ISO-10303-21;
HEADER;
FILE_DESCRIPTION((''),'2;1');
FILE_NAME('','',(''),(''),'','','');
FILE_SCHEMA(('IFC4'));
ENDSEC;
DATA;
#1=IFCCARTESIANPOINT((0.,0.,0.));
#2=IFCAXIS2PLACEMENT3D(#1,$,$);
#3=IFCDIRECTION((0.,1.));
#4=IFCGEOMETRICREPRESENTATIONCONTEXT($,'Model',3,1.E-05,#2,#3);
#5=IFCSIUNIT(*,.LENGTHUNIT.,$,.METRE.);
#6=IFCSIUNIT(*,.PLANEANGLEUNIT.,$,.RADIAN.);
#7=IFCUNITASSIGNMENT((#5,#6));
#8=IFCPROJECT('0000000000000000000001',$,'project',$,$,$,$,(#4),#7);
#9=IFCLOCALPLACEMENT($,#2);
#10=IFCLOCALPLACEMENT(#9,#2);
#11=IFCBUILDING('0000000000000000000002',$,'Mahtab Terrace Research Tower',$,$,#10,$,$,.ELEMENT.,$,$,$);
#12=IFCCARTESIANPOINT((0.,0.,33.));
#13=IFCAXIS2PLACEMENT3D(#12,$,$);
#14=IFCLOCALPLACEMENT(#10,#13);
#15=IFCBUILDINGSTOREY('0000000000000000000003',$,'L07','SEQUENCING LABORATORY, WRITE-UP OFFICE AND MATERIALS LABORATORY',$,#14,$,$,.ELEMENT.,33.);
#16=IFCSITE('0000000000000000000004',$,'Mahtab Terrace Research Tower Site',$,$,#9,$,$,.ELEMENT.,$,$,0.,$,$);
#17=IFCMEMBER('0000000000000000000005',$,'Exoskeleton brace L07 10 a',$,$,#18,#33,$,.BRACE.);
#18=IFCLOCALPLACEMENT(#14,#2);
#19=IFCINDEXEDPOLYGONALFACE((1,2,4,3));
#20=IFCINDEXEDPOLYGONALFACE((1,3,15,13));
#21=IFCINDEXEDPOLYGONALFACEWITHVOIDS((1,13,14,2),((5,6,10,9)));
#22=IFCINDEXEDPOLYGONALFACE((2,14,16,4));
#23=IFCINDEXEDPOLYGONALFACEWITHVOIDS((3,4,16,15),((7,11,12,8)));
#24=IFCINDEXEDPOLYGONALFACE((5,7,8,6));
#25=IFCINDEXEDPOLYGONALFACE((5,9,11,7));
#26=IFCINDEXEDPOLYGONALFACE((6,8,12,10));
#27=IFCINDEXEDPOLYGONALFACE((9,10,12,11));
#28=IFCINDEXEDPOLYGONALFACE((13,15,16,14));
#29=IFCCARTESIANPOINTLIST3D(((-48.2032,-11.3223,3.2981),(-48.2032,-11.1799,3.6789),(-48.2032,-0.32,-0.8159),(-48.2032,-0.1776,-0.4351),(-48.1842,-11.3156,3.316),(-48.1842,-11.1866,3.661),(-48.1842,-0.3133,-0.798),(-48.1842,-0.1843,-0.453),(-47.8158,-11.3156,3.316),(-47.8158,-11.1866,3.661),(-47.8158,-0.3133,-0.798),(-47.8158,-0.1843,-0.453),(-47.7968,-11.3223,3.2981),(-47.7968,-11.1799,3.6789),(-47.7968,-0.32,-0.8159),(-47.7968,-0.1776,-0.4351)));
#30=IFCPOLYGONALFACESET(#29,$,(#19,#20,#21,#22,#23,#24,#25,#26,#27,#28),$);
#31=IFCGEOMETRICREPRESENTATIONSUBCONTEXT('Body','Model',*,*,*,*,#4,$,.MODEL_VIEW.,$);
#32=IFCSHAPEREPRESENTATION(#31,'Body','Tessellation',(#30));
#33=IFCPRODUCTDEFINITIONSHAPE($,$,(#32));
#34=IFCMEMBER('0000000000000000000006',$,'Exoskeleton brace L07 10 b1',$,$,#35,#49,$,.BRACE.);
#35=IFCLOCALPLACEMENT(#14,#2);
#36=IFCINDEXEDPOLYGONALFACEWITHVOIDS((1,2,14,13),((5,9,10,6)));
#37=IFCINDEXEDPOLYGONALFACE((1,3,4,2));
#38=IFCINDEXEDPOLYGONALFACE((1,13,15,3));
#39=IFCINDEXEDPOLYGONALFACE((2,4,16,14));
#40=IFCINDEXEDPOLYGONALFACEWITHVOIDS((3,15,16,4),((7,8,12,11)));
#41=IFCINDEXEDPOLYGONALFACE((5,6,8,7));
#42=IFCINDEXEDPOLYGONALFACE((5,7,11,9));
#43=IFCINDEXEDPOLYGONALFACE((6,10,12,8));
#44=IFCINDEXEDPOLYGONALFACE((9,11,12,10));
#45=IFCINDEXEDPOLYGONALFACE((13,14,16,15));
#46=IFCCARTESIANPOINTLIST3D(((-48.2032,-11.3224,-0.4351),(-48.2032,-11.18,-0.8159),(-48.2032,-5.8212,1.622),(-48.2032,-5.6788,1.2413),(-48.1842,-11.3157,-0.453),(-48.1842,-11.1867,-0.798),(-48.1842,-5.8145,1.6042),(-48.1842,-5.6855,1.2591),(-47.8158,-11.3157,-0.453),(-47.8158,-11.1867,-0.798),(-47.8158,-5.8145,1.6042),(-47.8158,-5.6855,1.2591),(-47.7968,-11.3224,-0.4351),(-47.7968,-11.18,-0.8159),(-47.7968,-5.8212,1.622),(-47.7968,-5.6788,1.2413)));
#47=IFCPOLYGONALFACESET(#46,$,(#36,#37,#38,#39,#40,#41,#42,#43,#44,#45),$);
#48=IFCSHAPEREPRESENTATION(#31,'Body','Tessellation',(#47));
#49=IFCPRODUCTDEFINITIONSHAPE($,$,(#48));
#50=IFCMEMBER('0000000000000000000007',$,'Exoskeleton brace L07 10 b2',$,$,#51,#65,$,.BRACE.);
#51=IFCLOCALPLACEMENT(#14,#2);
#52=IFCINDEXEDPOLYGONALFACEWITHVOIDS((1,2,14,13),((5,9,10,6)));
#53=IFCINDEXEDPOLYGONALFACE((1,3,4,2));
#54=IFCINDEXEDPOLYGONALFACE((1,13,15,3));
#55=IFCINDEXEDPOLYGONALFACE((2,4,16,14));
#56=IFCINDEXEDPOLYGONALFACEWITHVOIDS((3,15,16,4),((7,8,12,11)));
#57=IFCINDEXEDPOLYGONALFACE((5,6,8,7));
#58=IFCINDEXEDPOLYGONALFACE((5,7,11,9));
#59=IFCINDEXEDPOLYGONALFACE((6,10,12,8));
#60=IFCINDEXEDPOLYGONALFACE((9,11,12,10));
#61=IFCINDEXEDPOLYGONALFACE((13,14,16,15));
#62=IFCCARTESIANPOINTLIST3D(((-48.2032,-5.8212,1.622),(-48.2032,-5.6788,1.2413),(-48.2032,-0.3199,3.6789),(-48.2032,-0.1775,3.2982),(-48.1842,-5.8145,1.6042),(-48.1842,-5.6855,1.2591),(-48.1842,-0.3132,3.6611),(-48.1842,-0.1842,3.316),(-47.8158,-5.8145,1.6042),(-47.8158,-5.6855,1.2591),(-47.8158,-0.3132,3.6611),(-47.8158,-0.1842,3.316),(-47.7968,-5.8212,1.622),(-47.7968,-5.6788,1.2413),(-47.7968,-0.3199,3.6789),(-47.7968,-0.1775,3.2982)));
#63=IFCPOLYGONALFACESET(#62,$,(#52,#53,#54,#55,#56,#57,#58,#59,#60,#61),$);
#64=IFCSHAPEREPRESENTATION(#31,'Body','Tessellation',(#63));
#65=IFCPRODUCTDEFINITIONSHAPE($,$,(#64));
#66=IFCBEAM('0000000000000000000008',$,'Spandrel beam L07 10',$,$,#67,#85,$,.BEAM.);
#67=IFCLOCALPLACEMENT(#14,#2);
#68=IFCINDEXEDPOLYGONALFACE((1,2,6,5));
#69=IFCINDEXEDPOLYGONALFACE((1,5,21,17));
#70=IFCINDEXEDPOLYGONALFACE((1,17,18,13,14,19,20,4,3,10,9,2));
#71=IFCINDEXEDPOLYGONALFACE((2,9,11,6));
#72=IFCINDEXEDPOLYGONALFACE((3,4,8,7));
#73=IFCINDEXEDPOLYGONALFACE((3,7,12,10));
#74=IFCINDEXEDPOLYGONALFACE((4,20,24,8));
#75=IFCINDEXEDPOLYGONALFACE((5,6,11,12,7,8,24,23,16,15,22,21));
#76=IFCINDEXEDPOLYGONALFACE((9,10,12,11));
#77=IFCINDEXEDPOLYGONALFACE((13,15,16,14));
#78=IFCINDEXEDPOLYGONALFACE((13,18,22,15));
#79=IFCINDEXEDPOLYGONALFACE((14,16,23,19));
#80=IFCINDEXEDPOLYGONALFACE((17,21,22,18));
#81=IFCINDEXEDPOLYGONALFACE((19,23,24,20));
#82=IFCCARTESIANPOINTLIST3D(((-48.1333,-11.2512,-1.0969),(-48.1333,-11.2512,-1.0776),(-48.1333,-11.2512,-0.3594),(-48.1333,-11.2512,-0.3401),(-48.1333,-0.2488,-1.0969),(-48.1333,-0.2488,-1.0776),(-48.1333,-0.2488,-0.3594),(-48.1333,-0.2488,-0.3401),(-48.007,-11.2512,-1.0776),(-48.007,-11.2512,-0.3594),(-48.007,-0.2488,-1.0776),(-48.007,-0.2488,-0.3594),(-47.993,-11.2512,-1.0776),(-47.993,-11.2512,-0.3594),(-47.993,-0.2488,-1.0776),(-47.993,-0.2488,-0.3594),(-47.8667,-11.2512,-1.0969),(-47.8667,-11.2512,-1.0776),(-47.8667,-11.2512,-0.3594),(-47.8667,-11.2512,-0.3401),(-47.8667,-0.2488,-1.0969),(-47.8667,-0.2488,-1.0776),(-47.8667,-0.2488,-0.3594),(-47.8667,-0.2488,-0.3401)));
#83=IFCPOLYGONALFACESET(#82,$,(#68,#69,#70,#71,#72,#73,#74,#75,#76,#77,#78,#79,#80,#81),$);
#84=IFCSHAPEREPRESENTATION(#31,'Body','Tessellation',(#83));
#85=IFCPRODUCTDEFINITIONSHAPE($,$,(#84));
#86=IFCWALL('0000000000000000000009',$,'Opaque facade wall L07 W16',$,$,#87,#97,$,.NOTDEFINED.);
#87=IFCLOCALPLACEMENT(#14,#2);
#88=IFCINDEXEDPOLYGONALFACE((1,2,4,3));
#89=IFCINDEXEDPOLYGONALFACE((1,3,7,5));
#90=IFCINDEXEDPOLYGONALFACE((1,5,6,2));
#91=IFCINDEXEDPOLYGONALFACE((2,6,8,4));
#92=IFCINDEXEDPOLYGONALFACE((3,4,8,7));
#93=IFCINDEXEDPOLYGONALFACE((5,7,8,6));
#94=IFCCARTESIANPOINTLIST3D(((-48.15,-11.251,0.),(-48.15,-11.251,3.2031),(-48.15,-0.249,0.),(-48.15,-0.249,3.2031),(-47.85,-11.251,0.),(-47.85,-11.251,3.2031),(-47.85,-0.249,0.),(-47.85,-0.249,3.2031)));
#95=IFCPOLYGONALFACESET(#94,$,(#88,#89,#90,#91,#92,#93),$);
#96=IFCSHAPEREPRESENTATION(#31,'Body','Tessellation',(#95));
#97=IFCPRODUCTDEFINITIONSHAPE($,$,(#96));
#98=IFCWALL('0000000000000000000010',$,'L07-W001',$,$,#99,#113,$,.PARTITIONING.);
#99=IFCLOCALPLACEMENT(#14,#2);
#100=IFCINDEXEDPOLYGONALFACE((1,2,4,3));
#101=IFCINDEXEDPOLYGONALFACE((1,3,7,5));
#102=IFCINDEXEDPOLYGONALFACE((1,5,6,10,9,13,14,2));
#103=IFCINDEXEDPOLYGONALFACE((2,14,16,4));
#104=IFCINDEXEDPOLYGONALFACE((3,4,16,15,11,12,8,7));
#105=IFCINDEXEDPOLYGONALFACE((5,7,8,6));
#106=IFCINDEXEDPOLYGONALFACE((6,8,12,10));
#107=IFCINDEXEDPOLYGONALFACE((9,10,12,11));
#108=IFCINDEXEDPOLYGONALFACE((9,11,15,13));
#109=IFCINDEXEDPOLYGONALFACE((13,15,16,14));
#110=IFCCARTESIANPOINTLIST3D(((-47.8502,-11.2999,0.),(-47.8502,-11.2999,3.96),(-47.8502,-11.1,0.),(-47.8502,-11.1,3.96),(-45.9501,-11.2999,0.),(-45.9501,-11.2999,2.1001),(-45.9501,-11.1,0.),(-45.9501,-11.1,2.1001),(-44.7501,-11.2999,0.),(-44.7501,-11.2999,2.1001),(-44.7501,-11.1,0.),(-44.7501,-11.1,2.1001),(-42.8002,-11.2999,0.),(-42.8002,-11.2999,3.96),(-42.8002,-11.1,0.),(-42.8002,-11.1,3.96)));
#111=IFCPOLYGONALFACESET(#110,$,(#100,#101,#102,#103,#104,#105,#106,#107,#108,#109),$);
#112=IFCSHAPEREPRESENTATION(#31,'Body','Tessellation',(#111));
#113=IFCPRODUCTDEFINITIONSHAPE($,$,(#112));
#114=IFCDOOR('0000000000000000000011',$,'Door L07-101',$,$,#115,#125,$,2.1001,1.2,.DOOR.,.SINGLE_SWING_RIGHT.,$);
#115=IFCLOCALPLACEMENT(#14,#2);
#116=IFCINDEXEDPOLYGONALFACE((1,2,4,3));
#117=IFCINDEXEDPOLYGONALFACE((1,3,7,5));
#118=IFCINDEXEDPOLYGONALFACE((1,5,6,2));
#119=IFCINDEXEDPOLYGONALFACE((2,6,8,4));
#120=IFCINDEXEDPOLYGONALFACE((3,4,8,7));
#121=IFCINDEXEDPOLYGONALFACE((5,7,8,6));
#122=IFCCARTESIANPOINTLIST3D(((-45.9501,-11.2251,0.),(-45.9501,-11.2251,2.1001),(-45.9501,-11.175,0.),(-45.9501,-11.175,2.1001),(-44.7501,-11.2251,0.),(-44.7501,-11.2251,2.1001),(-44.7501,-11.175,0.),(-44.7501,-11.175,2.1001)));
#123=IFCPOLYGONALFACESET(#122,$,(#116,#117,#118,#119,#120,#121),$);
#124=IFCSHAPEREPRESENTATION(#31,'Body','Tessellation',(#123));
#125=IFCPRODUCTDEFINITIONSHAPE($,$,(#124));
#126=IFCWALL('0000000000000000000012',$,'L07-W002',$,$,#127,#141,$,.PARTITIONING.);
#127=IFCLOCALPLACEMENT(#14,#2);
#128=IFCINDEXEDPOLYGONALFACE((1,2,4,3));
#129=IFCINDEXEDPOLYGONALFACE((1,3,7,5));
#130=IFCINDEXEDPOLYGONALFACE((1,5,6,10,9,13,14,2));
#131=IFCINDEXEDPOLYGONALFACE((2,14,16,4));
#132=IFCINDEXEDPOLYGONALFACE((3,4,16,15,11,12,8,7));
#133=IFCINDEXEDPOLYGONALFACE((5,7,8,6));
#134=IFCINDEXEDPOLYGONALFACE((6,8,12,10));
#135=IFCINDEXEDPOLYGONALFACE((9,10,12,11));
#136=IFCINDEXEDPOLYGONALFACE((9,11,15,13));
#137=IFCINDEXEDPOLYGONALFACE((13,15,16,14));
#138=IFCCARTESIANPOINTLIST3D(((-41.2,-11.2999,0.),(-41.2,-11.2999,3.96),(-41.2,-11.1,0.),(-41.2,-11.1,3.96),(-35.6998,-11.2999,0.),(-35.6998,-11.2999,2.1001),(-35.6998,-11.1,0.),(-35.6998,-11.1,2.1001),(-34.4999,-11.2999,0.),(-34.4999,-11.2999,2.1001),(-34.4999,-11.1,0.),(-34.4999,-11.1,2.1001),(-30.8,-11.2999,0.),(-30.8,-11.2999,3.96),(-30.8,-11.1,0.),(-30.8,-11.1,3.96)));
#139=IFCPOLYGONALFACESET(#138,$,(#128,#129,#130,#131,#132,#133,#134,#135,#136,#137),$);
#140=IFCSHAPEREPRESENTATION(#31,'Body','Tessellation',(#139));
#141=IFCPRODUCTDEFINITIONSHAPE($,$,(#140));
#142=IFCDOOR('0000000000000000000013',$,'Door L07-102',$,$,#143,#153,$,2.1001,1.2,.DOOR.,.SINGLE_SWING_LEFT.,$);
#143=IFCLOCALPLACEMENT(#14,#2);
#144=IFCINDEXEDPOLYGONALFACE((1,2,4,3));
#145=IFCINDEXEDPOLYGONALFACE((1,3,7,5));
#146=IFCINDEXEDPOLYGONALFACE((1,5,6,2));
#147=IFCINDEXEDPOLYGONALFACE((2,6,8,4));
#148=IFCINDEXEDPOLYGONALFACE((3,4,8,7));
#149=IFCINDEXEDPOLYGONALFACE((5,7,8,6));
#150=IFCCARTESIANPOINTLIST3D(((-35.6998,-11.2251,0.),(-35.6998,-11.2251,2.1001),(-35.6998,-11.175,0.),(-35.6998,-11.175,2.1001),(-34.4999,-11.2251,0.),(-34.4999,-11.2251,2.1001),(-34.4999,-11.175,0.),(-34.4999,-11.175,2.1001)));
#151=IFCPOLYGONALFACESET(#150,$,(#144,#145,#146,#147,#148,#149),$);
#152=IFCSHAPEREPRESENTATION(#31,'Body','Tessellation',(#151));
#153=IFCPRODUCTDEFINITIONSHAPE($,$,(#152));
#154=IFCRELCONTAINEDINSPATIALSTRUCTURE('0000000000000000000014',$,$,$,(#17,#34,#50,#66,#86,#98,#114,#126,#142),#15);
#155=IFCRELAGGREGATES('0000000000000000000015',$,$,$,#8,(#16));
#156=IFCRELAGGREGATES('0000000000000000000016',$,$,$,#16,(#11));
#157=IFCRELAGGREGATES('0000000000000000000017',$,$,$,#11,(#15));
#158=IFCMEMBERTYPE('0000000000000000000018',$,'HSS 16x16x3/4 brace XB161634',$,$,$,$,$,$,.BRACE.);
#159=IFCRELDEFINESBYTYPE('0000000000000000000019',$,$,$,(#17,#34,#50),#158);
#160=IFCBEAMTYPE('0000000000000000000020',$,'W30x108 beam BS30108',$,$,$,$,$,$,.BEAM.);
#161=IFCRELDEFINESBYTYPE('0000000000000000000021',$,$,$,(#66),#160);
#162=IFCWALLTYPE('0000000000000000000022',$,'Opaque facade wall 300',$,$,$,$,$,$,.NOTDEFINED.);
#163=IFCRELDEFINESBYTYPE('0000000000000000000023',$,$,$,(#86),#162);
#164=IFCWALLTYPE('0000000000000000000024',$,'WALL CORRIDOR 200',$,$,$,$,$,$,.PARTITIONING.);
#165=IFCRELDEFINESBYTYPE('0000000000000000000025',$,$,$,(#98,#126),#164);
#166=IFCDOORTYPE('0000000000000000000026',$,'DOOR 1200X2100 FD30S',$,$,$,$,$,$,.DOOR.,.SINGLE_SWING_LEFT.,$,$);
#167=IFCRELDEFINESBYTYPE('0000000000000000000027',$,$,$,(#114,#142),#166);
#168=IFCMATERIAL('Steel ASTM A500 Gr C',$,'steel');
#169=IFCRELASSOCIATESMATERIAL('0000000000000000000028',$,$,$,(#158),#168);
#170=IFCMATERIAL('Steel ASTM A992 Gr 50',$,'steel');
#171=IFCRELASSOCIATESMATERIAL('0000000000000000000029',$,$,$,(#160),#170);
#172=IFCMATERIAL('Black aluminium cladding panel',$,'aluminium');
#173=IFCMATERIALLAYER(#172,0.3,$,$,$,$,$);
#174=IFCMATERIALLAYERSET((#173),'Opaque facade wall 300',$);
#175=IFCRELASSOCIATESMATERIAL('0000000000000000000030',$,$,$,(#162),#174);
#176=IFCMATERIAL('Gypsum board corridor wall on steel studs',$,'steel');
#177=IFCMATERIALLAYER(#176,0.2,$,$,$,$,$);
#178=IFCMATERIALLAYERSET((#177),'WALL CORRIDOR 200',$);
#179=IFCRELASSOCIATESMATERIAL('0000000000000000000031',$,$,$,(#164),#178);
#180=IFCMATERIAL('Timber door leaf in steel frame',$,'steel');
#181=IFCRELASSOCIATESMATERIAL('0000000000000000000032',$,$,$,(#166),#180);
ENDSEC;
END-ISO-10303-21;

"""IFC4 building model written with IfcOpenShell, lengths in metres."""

from ifc_helpers import new_model, si_unit, direction, frame, frame_2d, origin, origin_2d, place, context, subcontext, project, spatial, rectangle, hollow_rectangle, i_section, extrude, material, layer, layer_set, material_profile, profile_set, type_object, element, fill, save


model = new_model("IFC4")

# Units and contexts
model_context = context("Model", 3, precision=1e-05, world=origin(), true_north=direction((0.0, 1.0)))
body_context = subcontext(model_context, "Body", "Model", "MODEL_VIEW")
ifc_project = project(units=[si_unit("LENGTHUNIT", "METRE"), si_unit("PLANEANGLEUNIT", "RADIAN")], contexts=[model_context])

# Site, building, storey
site_placement = place(None, origin())
site = spatial("IfcSite", under=ifc_project, at=site_placement, Name="Mahtab Terrace Research Tower Site", CompositionType="ELEMENT", RefElevation=0.0)
building_placement = place(site_placement, origin())
building = spatial("IfcBuilding", under=site, at=building_placement, Name="Mahtab Terrace Research Tower", CompositionType="ELEMENT")
storey_placement = place(building_placement, frame((0.0, 0.0, 33.0)))
storey = spatial("IfcBuildingStorey", under=building, at=storey_placement, Name="L07", Description="SEQUENCING LABORATORY, WRITE-UP OFFICE AND MATERIALS LABORATORY", CompositionType="ELEMENT", Elevation=33.0)

# Members
ifc_material_1 = material(Name="Steel ASTM A500 Gr C", Category="steel")
ifc_material_profile_1 = material_profile(ifc_material_1, hollow_rectangle(XDim=0.4065, YDim=0.4065, WallThickness=0.019, at=origin_2d()), Name="HSS16X16X3/4")
ifc_profile_set_1 = profile_set([ifc_material_profile_1], Name="Steel ASTM A500 Gr C")
member_type = type_object("IfcMemberType", Name="HSS 16x16x3/4 brace XB161634", PredefinedType="BRACE", material=ifc_profile_set_1)
member_placement = place(storey_placement, frame((-48.0, -0.2488, -0.6255), z_axis=(0.0, -0.936662, 0.350235), x_axis=(1.0, 0.0, 0.0)))
element("IfcMember", 1, at=member_placement, inside=storey, type_object=member_type, Name="Exoskeleton brace L07 10 a", PredefinedType="BRACE", context=body_context, shape_type="SweptSolid", body=[
    extrude(hollow_rectangle(XDim=0.4065, YDim=0.4065, WallThickness=0.019, at=origin_2d()), origin(), (0.0, 0.0, 1.0), 11.7463),
])
for number, where, z_axis, x_axis, name in (
    (2, (-48.0, -11.2512, -0.6255), (0.0, 0.936655, 0.350253), (-1.0, 0.0, 0.0), "Exoskeleton brace L07 10 b1"),
    (3, (-48.0, -5.75, 1.4316), (0.0, 0.936669, 0.350217), (-1.0, 0.0, 0.0), "Exoskeleton brace L07 10 b2"),
):
    element("IfcMember", number, at=place(storey_placement, frame(where, z_axis=z_axis, x_axis=x_axis)), inside=storey, type_object=member_type, Name=name, PredefinedType="BRACE", context=body_context, shape_type="SweptSolid", body=[
        extrude(hollow_rectangle(XDim=0.4065, YDim=0.4065, WallThickness=0.019, at=origin_2d()), origin(), (0.0, 0.0, 1.0), 5.8733),
    ])

# Beam
ifc_material_2 = material(Name="Steel ASTM A992 Gr 50", Category="steel")
ifc_material_profile_2 = material_profile(ifc_material_2, i_section(OverallWidth=0.2666, OverallDepth=0.7568, WebThickness=0.0139, FlangeThickness=0.0193, at=origin_2d()), Name="W30X108")
ifc_profile_set_2 = profile_set([ifc_material_profile_2], Name="Steel ASTM A992 Gr 50")
beam_type = type_object("IfcBeamType", Name="W30x108 beam BS30108", PredefinedType="BEAM", material=ifc_profile_set_2)
beam_placement = place(storey_placement, frame((-48.0, -0.2488, -0.7185), z_axis=(0.0, -1.0, 0.0), x_axis=(1.0, 0.0, 0.0)))
element("IfcBeam", 4, at=beam_placement, inside=storey, type_object=beam_type, Name="Spandrel beam L07 10", PredefinedType="BEAM", context=body_context, shape_type="SweptSolid", body=[
    extrude(i_section(OverallWidth=0.2666, OverallDepth=0.7568, WebThickness=0.0139, FlangeThickness=0.0193, at=origin_2d()), origin(), (0.0, 0.0, 1.0), 11.0024),
])

# Wall
ifc_material_3 = material(Name="Black aluminium cladding panel", Category="aluminium")
ifc_layer_1 = layer(ifc_material_3, 0.3)
ifc_layer_set_1 = layer_set([ifc_layer_1], Name="Opaque facade wall 300")
wall_type_1 = type_object("IfcWallType", Name="Opaque facade wall 300", PredefinedType="NOTDEFINED", material=ifc_layer_set_1)
wall_1_placement = place(storey_placement, frame((-48.0, -0.249, 0.0), z_axis=(0.0, 0.0, 1.0), x_axis=(0.0, -1.0, 0.0)))
element("IfcWall", 5, at=wall_1_placement, inside=storey, type_object=wall_type_1, Name="Opaque facade wall L07 W16", PredefinedType="NOTDEFINED", context=body_context, shape_type="SweptSolid", body=[
    extrude(rectangle(XDim=11.002, YDim=0.3, at=frame_2d((5.501, 0.0))), origin(), (0.0, 0.0, 1.0), 3.2031),
])

# Walls, openings, doors
ifc_material_4 = material(Name="Gypsum board corridor wall on steel studs", Category="steel")
ifc_layer_2 = layer(ifc_material_4, 0.2)
ifc_layer_set_2 = layer_set([ifc_layer_2], Name="WALL CORRIDOR 200")
wall_type_2 = type_object("IfcWallType", Name="WALL CORRIDOR 200", PredefinedType="PARTITIONING", material=ifc_layer_set_2)
wall_2_placement = place(storey_placement, frame((-47.8501, -11.2, 0.0), z_axis=(0.0, 0.0, 1.0), x_axis=(1.0, 0.0, 0.0)))
wall_2 = element("IfcWall", 6, at=wall_2_placement, inside=storey, type_object=wall_type_2, Name="L07-W001", PredefinedType="PARTITIONING", context=body_context, shape_type="SweptSolid", body=[
    extrude(rectangle(XDim=5.05, YDim=0.2, at=frame_2d((2.5249, 0.0))), origin(), (0.0, 0.0, 1.0), 3.96),
])
opening_1_placement = place(wall_2_placement, frame((1.8999, 0.0, 0.0)))
opening_1 = element("IfcOpeningElement", 7, at=opening_1_placement, cuts=wall_2, PredefinedType="OPENING", context=body_context, shape_type="SweptSolid", body=[
    extrude(rectangle(XDim=1.2, YDim=2.1001, at=frame_2d((0.6001, 1.05))), frame((0.0, 0.1099, 0.0), z_axis=(0.0, -1.0, 0.0), x_axis=(1.0, 0.0, 0.0)), (0.0, 0.0, 1.0), 0.22),
])
ifc_material_5 = material(Name="Timber door leaf in steel frame", Category="steel")
door_type_1 = type_object("IfcDoorType", Name="DOOR 1200X2100 FD30S", OperationType="SINGLE_SWING_LEFT", PredefinedType="DOOR", material=ifc_material_5)
door_1_placement = place(opening_1_placement, origin())
door_1 = element("IfcDoor", 8, at=door_1_placement, inside=storey, type_object=door_type_1, Name="Door L07-101", OperationType="SINGLE_SWING_RIGHT", OverallHeight=2.1001, OverallWidth=1.2, PredefinedType="DOOR", context=body_context, shape_type="SweptSolid", body=[
    extrude(rectangle(XDim=1.2, YDim=2.1001, at=frame_2d((0.6001, 1.05))), frame((0.0, 0.0249, 0.0), z_axis=(0.0, -1.0, 0.0), x_axis=(1.0, 0.0, 0.0)), (0.0, 0.0, 1.0), 0.05),
])
fill(opening_1, door_1)
wall_3_placement = place(storey_placement, frame((-41.2, -11.2, 0.0), z_axis=(0.0, 0.0, 1.0), x_axis=(1.0, 0.0, 0.0)))
wall_3 = element("IfcWall", 9, at=wall_3_placement, inside=storey, type_object=wall_type_2, Name="L07-W002", PredefinedType="PARTITIONING", context=body_context, shape_type="SweptSolid", body=[
    extrude(rectangle(XDim=10.3999, YDim=0.2, at=frame_2d((5.2, 0.0))), origin(), (0.0, 0.0, 1.0), 3.96),
])
opening_2_placement = place(wall_3_placement, frame((5.5, 0.0, 0.0)))
opening_2 = element("IfcOpeningElement", 10, at=opening_2_placement, cuts=wall_3, PredefinedType="OPENING", context=body_context, shape_type="SweptSolid", body=[
    extrude(rectangle(XDim=1.2, YDim=2.1001, at=frame_2d((0.6001, 1.05))), frame((0.0, 0.1099, 0.0), z_axis=(0.0, -1.0, 0.0), x_axis=(1.0, 0.0, 0.0)), (0.0, 0.0, 1.0), 0.22),
])
door_2_placement = place(opening_2_placement, origin())
door_2 = element("IfcDoor", 11, at=door_2_placement, inside=storey, type_object=door_type_1, Name="Door L07-102", OperationType="SINGLE_SWING_LEFT", OverallHeight=2.1001, OverallWidth=1.2, PredefinedType="DOOR", context=body_context, shape_type="SweptSolid", body=[
    extrude(rectangle(XDim=1.2, YDim=2.1001, at=frame_2d((0.6001, 1.05))), frame((0.0, 0.0249, 0.0), z_axis=(0.0, -1.0, 0.0), x_axis=(1.0, 0.0, 0.0)), (0.0, 0.0, 1.0), 0.05),
])
fill(opening_2, door_2)

save(model, "model.ifc")
